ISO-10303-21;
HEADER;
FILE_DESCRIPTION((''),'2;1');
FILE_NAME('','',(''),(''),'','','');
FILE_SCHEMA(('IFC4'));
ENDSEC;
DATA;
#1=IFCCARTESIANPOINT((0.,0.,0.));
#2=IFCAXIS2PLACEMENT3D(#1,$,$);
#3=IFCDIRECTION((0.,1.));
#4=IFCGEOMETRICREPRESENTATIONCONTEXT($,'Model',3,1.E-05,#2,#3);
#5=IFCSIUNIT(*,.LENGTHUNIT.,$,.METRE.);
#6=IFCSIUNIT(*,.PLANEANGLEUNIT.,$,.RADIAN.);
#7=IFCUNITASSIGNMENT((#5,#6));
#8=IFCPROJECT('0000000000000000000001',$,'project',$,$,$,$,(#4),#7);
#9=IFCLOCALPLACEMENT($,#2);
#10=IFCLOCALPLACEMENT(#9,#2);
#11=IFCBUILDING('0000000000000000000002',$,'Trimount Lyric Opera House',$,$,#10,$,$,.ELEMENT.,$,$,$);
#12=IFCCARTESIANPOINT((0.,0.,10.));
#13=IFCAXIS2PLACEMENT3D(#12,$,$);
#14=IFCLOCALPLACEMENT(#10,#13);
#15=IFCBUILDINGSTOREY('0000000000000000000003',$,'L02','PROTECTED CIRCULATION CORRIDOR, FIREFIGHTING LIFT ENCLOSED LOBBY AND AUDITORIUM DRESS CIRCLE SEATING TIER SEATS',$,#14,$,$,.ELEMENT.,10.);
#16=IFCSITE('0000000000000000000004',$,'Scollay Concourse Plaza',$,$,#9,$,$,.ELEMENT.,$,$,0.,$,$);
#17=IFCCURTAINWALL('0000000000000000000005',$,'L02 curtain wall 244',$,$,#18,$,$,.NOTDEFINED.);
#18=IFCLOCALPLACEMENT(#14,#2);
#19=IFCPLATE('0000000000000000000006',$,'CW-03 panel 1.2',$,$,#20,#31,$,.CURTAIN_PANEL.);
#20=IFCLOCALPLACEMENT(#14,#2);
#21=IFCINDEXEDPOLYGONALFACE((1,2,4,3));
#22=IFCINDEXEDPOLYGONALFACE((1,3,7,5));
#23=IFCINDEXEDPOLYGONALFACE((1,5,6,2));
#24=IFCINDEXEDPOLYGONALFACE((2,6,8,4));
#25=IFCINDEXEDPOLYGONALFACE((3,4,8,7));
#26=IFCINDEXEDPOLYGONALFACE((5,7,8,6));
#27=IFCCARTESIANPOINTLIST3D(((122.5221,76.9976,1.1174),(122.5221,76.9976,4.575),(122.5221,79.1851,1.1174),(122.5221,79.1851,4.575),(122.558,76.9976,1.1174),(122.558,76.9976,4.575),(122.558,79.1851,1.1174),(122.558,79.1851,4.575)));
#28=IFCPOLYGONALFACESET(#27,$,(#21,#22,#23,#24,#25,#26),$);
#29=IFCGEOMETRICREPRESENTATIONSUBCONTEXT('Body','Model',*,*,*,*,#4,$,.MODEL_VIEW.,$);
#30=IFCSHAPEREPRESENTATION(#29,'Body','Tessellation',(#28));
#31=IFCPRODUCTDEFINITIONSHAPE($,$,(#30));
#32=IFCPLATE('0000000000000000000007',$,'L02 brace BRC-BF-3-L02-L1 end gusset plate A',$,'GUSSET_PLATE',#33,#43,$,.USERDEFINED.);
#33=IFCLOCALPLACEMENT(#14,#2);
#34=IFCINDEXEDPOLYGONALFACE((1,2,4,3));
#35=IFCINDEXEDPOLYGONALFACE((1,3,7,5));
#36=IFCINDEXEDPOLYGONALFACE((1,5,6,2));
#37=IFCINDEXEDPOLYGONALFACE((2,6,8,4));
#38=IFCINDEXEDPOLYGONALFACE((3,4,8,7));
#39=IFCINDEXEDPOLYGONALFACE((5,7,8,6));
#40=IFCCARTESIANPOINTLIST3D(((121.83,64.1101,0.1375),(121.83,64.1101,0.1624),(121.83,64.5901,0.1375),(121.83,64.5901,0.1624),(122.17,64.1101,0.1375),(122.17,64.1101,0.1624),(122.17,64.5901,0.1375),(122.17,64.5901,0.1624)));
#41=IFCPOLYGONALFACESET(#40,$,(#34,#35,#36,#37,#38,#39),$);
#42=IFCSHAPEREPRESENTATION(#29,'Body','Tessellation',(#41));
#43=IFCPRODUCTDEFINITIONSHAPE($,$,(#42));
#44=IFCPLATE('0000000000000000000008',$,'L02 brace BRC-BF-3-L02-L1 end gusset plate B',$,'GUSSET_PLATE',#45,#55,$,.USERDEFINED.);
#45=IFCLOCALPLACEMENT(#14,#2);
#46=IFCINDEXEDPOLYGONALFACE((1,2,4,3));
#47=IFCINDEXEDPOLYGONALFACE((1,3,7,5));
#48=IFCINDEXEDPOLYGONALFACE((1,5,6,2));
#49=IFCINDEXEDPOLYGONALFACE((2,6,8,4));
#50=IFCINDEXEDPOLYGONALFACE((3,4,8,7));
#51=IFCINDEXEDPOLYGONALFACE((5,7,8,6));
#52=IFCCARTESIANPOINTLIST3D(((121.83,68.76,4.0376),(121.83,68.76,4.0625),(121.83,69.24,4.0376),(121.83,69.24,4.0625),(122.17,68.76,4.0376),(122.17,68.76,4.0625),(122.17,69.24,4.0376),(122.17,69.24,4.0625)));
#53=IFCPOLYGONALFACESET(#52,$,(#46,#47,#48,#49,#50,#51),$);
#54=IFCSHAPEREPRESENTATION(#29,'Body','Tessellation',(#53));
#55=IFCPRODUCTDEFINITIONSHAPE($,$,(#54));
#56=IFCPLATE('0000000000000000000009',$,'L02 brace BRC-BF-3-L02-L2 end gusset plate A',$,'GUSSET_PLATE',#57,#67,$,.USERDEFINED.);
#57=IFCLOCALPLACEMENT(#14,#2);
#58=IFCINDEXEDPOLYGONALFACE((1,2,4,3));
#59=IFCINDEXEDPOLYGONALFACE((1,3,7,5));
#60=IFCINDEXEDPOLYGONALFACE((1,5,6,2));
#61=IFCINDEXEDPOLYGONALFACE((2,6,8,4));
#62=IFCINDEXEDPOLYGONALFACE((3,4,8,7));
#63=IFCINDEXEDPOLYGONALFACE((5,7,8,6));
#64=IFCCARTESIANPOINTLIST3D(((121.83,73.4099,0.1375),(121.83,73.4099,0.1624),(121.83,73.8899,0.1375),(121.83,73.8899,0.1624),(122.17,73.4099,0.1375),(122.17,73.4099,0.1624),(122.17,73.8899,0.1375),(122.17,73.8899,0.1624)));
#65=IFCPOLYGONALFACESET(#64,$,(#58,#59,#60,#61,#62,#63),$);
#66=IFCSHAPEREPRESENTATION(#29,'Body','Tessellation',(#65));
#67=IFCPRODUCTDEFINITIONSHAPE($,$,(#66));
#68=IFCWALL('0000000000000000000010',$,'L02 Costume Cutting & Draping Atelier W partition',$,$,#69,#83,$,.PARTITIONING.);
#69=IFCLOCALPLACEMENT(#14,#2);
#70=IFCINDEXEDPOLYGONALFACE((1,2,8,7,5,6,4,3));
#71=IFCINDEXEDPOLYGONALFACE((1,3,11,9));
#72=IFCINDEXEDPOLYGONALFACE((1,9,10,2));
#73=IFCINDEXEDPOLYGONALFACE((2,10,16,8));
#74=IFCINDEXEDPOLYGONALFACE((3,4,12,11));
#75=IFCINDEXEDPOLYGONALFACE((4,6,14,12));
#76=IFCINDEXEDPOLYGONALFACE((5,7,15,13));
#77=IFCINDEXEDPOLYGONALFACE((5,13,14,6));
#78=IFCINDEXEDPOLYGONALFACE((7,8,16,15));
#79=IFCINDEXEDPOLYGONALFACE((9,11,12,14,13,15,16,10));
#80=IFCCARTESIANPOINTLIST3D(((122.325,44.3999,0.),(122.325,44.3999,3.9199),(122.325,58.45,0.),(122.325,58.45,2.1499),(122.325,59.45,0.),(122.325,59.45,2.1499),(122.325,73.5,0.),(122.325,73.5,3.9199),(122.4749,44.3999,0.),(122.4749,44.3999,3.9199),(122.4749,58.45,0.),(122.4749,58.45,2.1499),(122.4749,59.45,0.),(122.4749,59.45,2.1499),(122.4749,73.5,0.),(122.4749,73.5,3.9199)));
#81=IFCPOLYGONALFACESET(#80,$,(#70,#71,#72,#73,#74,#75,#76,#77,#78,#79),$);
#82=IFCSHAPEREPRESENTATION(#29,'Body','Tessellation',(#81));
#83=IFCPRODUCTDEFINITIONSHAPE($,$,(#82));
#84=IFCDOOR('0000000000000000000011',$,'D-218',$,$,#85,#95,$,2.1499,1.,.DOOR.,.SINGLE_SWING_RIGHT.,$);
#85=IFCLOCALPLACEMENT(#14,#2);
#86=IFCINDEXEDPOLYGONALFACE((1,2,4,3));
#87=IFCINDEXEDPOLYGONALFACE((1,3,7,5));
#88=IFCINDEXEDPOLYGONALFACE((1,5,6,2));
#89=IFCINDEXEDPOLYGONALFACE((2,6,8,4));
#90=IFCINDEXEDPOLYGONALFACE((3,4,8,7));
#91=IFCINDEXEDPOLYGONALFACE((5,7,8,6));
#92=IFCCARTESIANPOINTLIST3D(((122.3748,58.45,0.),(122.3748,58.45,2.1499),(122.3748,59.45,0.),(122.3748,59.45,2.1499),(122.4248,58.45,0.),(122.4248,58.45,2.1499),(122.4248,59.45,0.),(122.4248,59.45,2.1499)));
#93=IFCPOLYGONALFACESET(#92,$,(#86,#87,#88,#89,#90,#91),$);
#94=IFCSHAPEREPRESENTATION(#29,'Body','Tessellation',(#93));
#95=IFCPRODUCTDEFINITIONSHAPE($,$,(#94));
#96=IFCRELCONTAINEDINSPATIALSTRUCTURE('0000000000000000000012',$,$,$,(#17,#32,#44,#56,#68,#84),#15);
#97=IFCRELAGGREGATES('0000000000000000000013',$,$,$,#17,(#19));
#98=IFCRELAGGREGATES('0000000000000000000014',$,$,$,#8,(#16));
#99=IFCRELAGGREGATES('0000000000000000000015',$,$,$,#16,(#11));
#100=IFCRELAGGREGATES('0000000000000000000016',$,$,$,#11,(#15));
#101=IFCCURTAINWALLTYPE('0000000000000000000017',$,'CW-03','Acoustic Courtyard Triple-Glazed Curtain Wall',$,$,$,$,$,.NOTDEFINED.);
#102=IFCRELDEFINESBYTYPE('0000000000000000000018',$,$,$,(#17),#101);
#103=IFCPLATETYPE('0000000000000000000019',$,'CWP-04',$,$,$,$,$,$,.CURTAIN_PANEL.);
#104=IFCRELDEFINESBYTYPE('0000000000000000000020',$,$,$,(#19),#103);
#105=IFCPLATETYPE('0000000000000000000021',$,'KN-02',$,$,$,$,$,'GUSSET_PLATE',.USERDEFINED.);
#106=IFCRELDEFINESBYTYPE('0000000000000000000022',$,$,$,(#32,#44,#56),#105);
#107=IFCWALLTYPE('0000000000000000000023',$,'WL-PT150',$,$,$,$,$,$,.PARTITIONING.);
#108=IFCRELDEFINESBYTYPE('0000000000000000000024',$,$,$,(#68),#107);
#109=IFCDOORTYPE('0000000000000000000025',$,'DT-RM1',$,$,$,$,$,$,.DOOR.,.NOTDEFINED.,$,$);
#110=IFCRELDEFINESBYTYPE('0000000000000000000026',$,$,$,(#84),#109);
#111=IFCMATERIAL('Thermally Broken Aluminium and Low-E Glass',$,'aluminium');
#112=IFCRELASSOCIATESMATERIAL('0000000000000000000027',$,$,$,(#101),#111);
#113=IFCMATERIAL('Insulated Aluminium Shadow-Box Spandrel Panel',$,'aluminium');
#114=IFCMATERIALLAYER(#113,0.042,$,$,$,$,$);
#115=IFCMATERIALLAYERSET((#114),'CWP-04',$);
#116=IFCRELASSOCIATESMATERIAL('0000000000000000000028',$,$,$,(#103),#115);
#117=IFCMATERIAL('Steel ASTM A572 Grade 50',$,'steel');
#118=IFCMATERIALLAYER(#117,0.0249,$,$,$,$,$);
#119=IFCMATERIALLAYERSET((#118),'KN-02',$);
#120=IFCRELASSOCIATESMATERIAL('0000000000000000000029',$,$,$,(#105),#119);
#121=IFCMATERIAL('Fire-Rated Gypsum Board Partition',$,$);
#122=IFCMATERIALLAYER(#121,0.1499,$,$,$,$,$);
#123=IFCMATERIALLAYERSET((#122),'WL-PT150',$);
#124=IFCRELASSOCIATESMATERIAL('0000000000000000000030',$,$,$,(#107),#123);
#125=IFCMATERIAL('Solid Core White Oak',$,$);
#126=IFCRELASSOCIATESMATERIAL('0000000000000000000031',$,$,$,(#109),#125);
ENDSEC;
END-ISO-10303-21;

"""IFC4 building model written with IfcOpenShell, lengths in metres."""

from ifc_helpers import new_model, si_unit, direction, frame, frame_2d, origin, origin_2d, place, context, subcontext, project, spatial, rectangle, extrude, material, layer, layer_set, type_object, element, fill, aggregate, save


model = new_model("IFC4")

# Units and contexts
model_context = context("Model", 3, precision=1e-05, world=origin(), true_north=direction((0.0, 1.0)))
body_context = subcontext(model_context, "Body", "Model", "MODEL_VIEW")
ifc_project = project(units=[si_unit("LENGTHUNIT", "METRE"), si_unit("PLANEANGLEUNIT", "RADIAN")], contexts=[model_context])

# Site, building, storey
site_placement = place(None, origin())
site = spatial("IfcSite", under=ifc_project, at=site_placement, Name="Scollay Concourse Plaza", CompositionType="ELEMENT", RefElevation=0.0)
building_placement = place(site_placement, origin())
building = spatial("IfcBuilding", under=site, at=building_placement, Name="Trimount Lyric Opera House", CompositionType="ELEMENT")
storey_placement = place(building_placement, frame((0.0, 0.0, 10.0)))
storey = spatial("IfcBuildingStorey", under=building, at=storey_placement, Name="L02", Description="PROTECTED CIRCULATION CORRIDOR, FIREFIGHTING LIFT ENCLOSED LOBBY AND AUDITORIUM DRESS CIRCLE SEATING TIER SEATS", CompositionType="ELEMENT", Elevation=10.0)

# Shared definitions
ifc_material_1 = material(Name="Thermally Broken Aluminium and Low-E Glass", Category="aluminium")
curtain_wall_type = type_object("IfcCurtainWallType", Name="CW-03", Description="Acoustic Courtyard Triple-Glazed Curtain Wall", PredefinedType="NOTDEFINED", material=ifc_material_1)

# Curtain wall
curtain_wall_1_placement = place(storey_placement, origin())
curtain_wall_1 = element("IfcCurtainWall", 1, at=curtain_wall_1_placement, inside=storey, type_object=curtain_wall_type, Name="L02 curtain wall 244", PredefinedType="NOTDEFINED")

# Plate
ifc_material_2 = material(Name="Insulated Aluminium Shadow-Box Spandrel Panel", Category="aluminium")
ifc_layer_1 = layer(ifc_material_2, 0.042)
ifc_layer_set_1 = layer_set([ifc_layer_1], Name="CWP-04")
plate_type_1 = type_object("IfcPlateType", Name="CWP-04", PredefinedType="CURTAIN_PANEL", material=ifc_layer_set_1)
plate_1_placement = place(storey_placement, frame((122.54, 78.0913, 1.1174), z_axis=(0.0, 0.0, 1.0), x_axis=(0.0, -1.0, 0.0)))
plate_1 = element("IfcPlate", 2, at=plate_1_placement, type_object=plate_type_1, Name="CW-03 panel 1.2", PredefinedType="CURTAIN_PANEL", context=body_context, shape_type="SweptSolid", body=[
    extrude(rectangle(XDim=2.1875, YDim=0.0359, at=origin_2d()), origin(), (0.0, 0.0, 1.0), 3.4575),
])
aggregate(curtain_wall_1, [plate_1])

# Plates
ifc_material_3 = material(Name="Steel ASTM A572 Grade 50", Category="steel")
ifc_layer_2 = layer(ifc_material_3, 0.0249)
ifc_layer_set_2 = layer_set([ifc_layer_2], Name="KN-02")
plate_type_2 = type_object("IfcPlateType", Name="KN-02", ElementType="GUSSET_PLATE", PredefinedType="USERDEFINED", material=ifc_layer_set_2)
for number, where, z_axis, x_axis, name in (
    (3, (122.0, 64.3501, 0.1375), (0.0, 0.0, 1.0), (0.0, 1.0, 0.0), "L02 brace BRC-BF-3-L02-L1 end gusset plate A"),
    (4, (122.0, 69.0, 4.0376), (0.0, 0.0, 1.0), (0.0, 1.0, 0.0), "L02 brace BRC-BF-3-L02-L1 end gusset plate B"),
    (5, (122.0, 73.6499, 0.1375), (0.0, 0.0, 1.0), (0.0, -1.0, 0.0), "L02 brace BRC-BF-3-L02-L2 end gusset plate A"),
):
    element("IfcPlate", number, at=place(storey_placement, frame(where, z_axis=z_axis, x_axis=x_axis)), inside=storey, type_object=plate_type_2, Name=name, ObjectType="GUSSET_PLATE", PredefinedType="USERDEFINED", context=body_context, shape_type="SweptSolid", body=[
        extrude(rectangle(XDim=0.48, YDim=0.3401, at=origin_2d()), origin(), (0.0, 0.0, 1.0), 0.0249),
    ])

# Wall, opening, door
ifc_material_4 = material(Name="Fire-Rated Gypsum Board Partition")
ifc_layer_3 = layer(ifc_material_4, 0.1499)
ifc_layer_set_3 = layer_set([ifc_layer_3], Name="WL-PT150")
wall_type = type_object("IfcWallType", Name="WL-PT150", PredefinedType="PARTITIONING", material=ifc_layer_set_3)
wall_placement = place(storey_placement, frame((122.3999, 73.5, 0.0), z_axis=(0.0, 0.0, 1.0), x_axis=(0.0, -1.0, 0.0)))
wall = element("IfcWall", 6, at=wall_placement, inside=storey, type_object=wall_type, Name="L02 Costume Cutting & Draping Atelier W partition", PredefinedType="PARTITIONING", context=body_context, shape_type="SweptSolid", body=[
    extrude(rectangle(XDim=29.1001, YDim=0.1499, at=frame_2d((14.55, 0.0))), origin(), (0.0, 0.0, 1.0), 3.9199),
])
opening_placement = place(wall_placement, frame((14.05, 0.0, 0.0)))
opening = element("IfcOpeningElement", 7, at=opening_placement, cuts=wall, PredefinedType="OPENING", context=body_context, shape_type="SweptSolid", body=[
    extrude(rectangle(XDim=1.0, YDim=2.1499, at=frame_2d((0.5, 1.075))), frame((0.0, 0.085, 0.0), z_axis=(0.0, -1.0, 0.0), x_axis=(1.0, 0.0, 0.0)), (0.0, 0.0, 1.0), 0.1699),
])
ifc_material_5 = material(Name="Solid Core White Oak")
door_type = type_object("IfcDoorType", Name="DT-RM1", OperationType="NOTDEFINED", PredefinedType="DOOR", material=ifc_material_5)
door_placement = place(opening_placement, origin())
door = element("IfcDoor", 8, at=door_placement, inside=storey, type_object=door_type, Name="D-218", OperationType="SINGLE_SWING_RIGHT", OverallHeight=2.1499, OverallWidth=1.0, PredefinedType="DOOR", context=body_context, shape_type="SweptSolid", body=[
    extrude(rectangle(XDim=1.0, YDim=2.1499, at=frame_2d((0.5, 1.075))), frame((0.0, 0.0249, 0.0), z_axis=(0.0, -1.0, 0.0), x_axis=(1.0, 0.0, 0.0)), (0.0, 0.0, 1.0), 0.05),
])
fill(opening, door)

save(model, "model.ifc")
